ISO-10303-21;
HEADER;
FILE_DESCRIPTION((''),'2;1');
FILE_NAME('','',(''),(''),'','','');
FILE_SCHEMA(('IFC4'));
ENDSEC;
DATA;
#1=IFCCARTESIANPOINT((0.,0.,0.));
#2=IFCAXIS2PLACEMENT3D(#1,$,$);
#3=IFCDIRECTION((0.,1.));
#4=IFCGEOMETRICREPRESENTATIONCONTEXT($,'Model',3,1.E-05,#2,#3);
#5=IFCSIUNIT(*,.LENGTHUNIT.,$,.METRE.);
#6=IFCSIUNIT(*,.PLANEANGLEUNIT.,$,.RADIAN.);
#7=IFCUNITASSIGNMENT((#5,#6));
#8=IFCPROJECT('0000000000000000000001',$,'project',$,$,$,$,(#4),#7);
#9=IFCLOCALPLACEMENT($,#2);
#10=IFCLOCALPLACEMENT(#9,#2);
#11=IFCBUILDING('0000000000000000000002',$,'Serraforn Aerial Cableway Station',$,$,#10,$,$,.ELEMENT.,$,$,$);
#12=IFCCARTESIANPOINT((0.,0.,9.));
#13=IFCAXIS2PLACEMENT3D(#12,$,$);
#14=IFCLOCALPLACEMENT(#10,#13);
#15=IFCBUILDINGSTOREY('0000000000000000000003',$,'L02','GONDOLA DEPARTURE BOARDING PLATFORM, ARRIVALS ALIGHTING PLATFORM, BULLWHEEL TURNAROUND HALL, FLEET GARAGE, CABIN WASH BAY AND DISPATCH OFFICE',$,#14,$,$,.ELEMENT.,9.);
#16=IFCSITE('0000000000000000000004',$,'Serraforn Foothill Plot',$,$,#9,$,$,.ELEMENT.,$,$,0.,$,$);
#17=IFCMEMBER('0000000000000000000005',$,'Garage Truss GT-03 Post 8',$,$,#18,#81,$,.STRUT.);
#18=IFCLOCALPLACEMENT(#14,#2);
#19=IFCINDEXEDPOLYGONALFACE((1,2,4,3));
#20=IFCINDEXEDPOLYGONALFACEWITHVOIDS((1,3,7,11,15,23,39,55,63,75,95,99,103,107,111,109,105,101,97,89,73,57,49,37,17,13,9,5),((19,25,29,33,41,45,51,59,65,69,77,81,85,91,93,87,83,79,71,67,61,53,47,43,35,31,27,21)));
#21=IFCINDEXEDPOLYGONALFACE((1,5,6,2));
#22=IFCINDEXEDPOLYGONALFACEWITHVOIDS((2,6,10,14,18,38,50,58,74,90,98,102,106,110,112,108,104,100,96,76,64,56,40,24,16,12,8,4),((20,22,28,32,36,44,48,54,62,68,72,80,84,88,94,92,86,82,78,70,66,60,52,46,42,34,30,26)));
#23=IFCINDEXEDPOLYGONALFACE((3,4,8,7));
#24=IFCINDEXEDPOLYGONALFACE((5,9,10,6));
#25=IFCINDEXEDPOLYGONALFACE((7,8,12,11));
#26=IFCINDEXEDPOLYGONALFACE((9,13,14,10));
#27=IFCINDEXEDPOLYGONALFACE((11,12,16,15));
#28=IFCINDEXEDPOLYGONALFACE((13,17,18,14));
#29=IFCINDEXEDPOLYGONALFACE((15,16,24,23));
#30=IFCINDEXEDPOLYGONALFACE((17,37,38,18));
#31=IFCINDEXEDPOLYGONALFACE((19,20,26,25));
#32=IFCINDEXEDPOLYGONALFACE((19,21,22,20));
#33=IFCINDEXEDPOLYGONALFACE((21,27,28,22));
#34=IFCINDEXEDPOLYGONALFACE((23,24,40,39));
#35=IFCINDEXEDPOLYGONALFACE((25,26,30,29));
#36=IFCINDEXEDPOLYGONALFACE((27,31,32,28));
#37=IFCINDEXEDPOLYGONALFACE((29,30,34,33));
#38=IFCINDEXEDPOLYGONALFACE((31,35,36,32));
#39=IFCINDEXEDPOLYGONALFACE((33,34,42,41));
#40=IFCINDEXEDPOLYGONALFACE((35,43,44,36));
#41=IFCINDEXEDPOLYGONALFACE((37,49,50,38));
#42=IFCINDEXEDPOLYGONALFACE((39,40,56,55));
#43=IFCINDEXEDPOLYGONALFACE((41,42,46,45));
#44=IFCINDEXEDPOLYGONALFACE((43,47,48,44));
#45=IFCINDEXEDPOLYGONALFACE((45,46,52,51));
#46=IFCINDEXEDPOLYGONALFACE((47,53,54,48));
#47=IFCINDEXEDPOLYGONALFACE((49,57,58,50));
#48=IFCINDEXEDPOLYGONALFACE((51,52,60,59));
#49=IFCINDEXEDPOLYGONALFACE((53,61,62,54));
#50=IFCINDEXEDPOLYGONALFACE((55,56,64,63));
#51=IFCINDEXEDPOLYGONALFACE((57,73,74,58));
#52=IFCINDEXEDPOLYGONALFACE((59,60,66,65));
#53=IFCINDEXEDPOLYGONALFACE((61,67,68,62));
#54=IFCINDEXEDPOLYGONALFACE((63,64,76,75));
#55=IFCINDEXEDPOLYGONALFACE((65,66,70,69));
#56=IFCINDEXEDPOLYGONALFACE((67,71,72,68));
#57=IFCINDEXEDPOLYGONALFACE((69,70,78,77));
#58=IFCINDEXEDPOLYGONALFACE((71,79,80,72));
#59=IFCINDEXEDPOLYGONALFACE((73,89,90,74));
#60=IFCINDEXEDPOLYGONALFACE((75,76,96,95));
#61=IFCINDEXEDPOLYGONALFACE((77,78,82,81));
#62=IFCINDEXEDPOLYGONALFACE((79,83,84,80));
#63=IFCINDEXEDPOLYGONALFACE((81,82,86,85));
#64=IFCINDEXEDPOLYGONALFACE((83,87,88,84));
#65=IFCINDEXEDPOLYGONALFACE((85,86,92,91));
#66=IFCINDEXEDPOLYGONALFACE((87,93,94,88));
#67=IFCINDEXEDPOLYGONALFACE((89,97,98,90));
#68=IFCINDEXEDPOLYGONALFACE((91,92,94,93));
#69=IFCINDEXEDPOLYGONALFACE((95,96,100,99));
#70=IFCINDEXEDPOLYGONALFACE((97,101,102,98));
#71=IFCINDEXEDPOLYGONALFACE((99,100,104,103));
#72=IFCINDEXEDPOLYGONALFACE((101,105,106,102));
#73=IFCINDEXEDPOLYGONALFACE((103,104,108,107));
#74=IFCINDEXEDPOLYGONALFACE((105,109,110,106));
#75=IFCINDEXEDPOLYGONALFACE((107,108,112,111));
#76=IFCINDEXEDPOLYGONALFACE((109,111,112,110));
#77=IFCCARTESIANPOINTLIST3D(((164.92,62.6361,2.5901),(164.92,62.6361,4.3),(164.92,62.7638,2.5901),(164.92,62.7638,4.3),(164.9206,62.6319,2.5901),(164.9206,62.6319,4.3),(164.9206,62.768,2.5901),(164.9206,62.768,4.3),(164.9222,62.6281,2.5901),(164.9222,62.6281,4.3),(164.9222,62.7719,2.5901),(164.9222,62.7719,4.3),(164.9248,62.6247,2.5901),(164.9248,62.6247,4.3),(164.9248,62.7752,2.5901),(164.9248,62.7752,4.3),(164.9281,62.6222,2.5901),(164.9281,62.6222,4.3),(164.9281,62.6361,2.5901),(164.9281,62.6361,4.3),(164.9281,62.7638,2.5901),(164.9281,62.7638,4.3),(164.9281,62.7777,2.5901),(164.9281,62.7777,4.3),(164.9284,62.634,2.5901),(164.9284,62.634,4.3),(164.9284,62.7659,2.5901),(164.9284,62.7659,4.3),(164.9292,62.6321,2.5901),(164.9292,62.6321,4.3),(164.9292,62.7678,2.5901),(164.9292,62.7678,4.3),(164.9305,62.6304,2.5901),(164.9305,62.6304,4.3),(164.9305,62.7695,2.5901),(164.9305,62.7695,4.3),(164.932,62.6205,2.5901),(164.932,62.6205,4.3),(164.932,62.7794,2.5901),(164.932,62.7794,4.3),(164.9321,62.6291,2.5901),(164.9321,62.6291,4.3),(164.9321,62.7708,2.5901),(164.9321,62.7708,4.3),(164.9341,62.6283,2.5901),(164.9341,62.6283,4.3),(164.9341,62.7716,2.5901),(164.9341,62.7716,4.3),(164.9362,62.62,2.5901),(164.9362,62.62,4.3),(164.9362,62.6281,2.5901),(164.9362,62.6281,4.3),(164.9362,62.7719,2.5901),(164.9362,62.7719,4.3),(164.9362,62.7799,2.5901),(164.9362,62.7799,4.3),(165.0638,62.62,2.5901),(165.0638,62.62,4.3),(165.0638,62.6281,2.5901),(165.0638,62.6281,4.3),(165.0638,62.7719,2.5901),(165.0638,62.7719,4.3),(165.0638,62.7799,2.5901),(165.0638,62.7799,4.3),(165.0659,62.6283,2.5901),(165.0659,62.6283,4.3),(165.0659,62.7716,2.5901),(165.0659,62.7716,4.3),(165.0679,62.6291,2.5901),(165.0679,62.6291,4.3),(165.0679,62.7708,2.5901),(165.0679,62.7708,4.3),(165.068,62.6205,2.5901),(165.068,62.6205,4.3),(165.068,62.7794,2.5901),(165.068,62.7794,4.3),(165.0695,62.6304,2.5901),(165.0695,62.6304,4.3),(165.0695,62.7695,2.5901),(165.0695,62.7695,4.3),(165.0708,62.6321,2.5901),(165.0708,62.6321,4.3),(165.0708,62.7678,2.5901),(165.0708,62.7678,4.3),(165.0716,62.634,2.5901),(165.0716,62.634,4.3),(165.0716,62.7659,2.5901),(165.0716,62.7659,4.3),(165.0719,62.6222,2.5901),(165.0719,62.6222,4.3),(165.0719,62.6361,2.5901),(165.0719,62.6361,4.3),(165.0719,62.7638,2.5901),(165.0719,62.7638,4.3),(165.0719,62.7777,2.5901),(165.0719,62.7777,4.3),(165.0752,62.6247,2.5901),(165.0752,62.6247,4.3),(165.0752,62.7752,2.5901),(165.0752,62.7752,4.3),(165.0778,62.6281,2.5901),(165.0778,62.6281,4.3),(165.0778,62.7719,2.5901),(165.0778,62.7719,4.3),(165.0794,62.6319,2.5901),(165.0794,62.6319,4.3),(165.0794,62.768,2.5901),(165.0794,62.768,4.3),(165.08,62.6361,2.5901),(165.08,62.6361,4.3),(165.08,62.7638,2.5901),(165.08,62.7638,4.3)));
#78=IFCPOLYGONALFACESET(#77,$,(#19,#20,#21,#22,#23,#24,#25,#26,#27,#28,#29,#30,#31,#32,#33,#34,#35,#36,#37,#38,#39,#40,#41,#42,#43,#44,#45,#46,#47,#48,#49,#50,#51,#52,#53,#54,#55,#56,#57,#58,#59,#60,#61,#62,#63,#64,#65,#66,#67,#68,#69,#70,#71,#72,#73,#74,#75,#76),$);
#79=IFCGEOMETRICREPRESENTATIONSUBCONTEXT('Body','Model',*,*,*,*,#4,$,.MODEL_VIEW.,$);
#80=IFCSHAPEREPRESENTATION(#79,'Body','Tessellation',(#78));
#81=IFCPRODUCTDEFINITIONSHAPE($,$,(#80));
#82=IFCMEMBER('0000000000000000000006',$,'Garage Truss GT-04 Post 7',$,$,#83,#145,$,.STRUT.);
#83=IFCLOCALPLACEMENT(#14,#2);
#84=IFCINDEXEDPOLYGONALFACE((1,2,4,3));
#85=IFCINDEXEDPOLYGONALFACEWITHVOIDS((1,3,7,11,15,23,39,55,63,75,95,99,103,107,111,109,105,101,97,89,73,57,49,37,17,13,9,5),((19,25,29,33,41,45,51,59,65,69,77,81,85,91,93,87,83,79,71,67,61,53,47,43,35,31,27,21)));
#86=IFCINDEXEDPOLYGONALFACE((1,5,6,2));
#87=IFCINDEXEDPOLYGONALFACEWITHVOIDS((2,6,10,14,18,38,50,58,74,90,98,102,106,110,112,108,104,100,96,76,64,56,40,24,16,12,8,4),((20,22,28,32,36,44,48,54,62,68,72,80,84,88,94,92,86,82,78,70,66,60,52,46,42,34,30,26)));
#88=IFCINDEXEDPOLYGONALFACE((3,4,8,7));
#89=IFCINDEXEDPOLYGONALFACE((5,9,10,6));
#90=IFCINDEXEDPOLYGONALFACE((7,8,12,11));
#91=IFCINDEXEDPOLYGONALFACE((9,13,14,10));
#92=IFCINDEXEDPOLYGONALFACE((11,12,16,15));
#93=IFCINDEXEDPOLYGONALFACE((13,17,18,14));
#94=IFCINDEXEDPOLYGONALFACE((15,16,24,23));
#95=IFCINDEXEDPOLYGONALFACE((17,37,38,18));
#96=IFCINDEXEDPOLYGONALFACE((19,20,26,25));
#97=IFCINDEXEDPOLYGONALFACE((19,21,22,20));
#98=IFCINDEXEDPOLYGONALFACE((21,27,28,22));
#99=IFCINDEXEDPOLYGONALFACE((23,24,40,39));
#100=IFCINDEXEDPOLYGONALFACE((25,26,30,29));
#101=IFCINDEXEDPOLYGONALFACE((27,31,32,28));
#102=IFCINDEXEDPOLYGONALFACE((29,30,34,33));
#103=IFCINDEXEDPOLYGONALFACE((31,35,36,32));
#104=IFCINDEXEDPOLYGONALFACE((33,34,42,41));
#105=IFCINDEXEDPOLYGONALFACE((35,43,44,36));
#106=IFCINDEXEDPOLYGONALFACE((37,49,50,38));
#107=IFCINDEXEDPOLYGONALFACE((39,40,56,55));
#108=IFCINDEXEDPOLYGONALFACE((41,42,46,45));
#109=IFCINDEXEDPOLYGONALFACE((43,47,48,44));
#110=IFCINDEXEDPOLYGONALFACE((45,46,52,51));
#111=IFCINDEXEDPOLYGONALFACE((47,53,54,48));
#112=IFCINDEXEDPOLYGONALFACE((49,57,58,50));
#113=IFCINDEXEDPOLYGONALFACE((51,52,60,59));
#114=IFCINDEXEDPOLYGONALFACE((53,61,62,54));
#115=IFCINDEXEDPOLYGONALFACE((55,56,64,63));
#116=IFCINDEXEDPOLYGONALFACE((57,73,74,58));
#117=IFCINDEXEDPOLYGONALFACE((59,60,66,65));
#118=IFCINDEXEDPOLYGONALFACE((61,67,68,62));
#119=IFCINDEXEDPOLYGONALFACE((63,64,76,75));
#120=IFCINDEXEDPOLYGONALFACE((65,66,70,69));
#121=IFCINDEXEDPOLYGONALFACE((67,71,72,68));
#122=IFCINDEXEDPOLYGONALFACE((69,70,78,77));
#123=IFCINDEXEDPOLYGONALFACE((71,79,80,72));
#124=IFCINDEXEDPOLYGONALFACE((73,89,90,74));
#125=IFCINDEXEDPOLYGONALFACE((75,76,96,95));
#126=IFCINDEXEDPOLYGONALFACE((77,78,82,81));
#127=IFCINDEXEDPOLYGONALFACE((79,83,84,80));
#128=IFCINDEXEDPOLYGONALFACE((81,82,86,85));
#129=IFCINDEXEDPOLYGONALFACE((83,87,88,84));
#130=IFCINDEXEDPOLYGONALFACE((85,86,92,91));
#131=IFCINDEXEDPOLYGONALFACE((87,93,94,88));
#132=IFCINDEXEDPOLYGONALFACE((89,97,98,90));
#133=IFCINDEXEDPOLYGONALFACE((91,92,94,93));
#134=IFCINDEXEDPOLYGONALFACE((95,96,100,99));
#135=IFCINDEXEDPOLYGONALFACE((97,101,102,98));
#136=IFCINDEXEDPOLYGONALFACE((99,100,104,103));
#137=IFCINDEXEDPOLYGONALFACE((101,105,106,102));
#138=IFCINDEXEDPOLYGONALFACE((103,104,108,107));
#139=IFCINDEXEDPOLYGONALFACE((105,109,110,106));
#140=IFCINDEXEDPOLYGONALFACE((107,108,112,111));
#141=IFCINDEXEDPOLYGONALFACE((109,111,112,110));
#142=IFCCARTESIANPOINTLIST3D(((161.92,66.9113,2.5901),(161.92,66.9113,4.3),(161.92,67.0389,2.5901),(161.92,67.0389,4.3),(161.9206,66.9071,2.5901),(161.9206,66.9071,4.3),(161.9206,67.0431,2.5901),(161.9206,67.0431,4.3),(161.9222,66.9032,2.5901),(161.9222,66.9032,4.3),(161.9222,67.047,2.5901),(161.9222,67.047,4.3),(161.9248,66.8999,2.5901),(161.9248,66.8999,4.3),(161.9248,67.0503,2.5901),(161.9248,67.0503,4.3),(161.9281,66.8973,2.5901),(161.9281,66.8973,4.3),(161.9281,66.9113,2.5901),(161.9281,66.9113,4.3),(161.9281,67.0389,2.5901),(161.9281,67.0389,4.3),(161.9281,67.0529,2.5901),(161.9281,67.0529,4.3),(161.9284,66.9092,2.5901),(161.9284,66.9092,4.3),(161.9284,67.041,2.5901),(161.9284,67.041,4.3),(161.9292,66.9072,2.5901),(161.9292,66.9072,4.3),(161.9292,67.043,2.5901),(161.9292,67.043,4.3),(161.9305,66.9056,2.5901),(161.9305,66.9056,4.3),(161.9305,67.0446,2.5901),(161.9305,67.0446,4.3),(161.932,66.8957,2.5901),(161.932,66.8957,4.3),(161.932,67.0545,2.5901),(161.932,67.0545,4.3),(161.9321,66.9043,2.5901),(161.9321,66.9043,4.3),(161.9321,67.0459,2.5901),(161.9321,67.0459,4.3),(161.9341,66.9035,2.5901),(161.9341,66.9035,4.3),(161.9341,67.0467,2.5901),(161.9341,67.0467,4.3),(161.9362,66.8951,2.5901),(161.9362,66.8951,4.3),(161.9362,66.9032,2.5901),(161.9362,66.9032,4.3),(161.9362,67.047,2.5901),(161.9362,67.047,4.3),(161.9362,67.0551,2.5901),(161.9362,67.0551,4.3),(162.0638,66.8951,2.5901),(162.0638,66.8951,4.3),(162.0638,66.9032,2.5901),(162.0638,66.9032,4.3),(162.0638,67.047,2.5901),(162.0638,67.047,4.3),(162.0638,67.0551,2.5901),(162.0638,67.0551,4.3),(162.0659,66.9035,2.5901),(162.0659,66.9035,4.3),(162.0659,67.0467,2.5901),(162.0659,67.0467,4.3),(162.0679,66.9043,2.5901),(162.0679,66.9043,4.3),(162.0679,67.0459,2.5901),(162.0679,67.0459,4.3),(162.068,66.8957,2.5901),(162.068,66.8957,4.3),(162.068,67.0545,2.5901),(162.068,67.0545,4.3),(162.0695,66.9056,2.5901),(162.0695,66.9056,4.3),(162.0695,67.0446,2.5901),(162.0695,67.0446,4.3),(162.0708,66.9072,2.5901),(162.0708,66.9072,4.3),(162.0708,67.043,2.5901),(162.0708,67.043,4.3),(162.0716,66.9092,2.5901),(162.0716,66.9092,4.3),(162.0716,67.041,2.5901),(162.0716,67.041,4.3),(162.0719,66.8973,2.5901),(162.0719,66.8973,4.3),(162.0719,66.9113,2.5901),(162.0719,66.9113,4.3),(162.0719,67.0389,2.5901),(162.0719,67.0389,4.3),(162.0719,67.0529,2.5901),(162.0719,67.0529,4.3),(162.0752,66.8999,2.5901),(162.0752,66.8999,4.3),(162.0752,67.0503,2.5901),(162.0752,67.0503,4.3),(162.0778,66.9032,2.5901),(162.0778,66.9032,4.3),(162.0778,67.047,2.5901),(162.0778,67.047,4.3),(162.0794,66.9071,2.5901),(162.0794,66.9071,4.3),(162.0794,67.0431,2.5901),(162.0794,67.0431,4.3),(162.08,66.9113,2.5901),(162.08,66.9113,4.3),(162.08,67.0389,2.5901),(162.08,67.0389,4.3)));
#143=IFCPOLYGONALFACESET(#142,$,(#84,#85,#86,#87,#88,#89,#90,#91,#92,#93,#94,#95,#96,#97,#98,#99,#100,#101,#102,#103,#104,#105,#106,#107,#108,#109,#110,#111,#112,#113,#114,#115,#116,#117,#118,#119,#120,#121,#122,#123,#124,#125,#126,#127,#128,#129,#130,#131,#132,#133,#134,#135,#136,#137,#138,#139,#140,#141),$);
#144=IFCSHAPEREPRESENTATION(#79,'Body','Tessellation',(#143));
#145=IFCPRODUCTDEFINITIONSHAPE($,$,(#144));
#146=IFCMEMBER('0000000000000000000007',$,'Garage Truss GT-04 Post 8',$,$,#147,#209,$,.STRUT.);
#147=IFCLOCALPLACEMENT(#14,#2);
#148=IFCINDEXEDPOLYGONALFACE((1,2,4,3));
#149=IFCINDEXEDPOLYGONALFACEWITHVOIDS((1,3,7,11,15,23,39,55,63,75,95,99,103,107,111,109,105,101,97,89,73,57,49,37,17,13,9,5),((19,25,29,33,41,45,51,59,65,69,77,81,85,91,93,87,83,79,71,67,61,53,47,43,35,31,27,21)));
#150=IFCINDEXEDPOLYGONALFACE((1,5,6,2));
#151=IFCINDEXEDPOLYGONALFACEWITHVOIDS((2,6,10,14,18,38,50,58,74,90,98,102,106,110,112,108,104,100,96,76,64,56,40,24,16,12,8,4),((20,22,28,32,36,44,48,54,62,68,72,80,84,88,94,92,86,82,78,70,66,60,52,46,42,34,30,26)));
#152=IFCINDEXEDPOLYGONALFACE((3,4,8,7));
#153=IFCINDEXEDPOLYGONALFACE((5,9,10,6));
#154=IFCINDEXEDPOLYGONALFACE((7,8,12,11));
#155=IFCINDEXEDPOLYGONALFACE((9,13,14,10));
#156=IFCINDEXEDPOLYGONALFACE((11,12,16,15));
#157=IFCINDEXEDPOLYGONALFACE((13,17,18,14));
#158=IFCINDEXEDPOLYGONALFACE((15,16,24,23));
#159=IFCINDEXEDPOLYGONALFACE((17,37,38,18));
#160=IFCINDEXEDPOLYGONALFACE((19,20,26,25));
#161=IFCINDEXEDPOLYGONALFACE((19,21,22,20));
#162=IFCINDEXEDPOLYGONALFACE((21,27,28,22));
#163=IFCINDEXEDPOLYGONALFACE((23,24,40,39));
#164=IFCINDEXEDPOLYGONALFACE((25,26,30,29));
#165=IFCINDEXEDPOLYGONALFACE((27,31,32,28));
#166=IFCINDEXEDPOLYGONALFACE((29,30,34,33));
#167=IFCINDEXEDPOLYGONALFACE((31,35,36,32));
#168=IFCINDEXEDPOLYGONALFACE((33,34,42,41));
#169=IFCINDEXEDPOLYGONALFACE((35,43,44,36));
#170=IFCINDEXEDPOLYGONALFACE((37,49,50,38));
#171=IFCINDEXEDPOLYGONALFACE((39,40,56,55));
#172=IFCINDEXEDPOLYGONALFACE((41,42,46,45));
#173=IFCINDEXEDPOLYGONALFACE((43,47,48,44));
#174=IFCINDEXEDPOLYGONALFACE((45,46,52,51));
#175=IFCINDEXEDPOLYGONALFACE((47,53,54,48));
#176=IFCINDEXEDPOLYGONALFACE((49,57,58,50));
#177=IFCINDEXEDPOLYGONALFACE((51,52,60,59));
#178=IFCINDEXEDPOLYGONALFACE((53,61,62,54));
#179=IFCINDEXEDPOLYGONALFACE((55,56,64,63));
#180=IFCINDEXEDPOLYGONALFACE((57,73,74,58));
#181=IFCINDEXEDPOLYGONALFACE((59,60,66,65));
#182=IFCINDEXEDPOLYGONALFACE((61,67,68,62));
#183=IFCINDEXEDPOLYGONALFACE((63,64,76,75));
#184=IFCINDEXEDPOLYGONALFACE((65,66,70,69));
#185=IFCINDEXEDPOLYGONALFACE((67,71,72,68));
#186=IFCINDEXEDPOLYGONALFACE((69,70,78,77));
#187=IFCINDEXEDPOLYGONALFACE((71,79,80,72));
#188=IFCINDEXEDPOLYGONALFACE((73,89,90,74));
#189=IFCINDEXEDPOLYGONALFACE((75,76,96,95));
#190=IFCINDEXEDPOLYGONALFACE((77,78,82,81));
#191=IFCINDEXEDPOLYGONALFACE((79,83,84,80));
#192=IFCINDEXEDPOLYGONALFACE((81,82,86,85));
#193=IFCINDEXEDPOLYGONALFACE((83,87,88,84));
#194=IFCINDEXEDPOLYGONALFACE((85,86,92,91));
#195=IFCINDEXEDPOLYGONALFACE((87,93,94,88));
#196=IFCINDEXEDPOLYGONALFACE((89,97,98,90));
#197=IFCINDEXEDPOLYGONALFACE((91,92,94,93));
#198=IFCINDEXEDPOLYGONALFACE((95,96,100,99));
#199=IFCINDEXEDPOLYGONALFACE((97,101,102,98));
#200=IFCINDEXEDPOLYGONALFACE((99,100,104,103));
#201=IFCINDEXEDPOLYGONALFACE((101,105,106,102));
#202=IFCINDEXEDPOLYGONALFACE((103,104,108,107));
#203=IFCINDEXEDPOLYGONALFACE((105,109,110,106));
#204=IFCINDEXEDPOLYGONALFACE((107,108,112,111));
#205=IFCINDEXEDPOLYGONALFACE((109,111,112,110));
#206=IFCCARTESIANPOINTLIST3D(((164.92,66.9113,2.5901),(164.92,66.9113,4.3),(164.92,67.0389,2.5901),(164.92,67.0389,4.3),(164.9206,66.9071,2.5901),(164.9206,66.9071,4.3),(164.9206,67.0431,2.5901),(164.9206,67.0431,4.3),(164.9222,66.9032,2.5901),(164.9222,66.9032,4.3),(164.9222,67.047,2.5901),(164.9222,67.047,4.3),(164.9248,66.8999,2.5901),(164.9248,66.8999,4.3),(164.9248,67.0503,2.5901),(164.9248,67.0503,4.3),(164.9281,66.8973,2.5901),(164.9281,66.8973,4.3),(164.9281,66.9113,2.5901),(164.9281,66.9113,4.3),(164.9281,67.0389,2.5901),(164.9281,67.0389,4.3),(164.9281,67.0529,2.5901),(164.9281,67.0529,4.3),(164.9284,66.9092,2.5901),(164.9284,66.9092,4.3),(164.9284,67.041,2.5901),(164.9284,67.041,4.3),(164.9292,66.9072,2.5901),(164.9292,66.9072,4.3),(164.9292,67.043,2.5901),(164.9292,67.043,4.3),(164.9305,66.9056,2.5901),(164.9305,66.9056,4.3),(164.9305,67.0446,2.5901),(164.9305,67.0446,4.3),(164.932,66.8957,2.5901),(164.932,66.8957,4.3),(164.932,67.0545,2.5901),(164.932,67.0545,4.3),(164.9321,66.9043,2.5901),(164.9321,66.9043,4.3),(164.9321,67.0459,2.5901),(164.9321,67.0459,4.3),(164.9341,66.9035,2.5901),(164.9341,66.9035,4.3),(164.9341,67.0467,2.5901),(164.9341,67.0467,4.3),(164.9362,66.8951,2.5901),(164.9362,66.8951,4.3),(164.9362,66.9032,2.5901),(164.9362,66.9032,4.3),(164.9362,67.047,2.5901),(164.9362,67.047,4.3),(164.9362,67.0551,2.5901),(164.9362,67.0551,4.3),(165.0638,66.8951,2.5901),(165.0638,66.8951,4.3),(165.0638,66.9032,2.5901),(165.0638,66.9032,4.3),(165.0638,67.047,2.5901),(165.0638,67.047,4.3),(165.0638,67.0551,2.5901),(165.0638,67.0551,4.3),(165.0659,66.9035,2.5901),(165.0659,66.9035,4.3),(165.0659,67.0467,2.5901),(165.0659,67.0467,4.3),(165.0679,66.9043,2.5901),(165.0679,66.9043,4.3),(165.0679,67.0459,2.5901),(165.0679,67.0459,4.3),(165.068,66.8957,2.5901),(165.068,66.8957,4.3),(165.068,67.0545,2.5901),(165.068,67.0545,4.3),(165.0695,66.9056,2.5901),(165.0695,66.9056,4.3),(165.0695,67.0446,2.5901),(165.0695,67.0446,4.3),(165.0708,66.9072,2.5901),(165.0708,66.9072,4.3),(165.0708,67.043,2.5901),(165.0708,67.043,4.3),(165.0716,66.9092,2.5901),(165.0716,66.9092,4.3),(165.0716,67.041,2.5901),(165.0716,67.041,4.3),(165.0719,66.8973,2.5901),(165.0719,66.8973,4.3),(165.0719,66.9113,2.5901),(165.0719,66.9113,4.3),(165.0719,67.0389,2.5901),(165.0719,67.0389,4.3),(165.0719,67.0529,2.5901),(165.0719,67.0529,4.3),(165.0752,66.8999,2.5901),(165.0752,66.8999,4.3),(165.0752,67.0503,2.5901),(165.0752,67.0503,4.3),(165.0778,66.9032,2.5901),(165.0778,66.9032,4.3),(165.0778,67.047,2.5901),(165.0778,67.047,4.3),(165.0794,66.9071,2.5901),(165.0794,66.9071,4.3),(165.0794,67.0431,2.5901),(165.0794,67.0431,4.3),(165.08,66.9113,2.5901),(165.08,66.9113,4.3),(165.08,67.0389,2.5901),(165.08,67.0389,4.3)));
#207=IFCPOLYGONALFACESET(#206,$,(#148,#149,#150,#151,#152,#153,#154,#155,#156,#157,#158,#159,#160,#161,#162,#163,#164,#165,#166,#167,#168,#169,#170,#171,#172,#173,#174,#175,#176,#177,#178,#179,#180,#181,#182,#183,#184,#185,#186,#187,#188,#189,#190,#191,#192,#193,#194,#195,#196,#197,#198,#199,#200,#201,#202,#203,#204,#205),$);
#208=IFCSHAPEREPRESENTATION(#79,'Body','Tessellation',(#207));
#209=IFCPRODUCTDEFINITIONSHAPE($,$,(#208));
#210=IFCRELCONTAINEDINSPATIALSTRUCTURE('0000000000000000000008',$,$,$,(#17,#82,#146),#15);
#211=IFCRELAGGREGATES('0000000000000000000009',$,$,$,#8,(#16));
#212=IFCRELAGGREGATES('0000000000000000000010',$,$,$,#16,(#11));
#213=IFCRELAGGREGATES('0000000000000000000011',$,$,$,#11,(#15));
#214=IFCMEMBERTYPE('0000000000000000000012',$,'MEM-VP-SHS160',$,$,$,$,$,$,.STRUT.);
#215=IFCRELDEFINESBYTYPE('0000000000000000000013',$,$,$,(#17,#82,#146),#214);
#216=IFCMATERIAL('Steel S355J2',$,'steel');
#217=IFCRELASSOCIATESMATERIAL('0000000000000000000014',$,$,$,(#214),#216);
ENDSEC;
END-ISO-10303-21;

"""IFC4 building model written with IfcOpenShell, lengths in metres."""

from ifc_helpers import new_model, si_unit, direction, frame, origin, origin_2d, place, context, subcontext, project, spatial, hollow_rectangle, extrude, material, material_profile, profile_set, type_object, element, save


model = new_model("IFC4")

# Units and contexts
model_context = context("Model", 3, precision=1e-05, world=origin(), true_north=direction((0.0, 1.0)))
body_context = subcontext(model_context, "Body", "Model", "MODEL_VIEW")
ifc_project = project(units=[si_unit("LENGTHUNIT", "METRE"), si_unit("PLANEANGLEUNIT", "RADIAN")], contexts=[model_context])

# Site, building, storey
site_placement = place(None, origin())
site = spatial("IfcSite", under=ifc_project, at=site_placement, Name="Serraforn Foothill Plot", CompositionType="ELEMENT", RefElevation=0.0)
building_placement = place(site_placement, origin())
building = spatial("IfcBuilding", under=site, at=building_placement, Name="Serraforn Aerial Cableway Station", CompositionType="ELEMENT")
storey_placement = place(building_placement, frame((0.0, 0.0, 9.0)))
storey = spatial("IfcBuildingStorey", under=building, at=storey_placement, Name="L02", Description="GONDOLA DEPARTURE BOARDING PLATFORM, ARRIVALS ALIGHTING PLATFORM, BULLWHEEL TURNAROUND HALL, FLEET GARAGE, CABIN WASH BAY AND DISPATCH OFFICE", CompositionType="ELEMENT", Elevation=9.0)

# Members
ifc_material = material(Name="Steel S355J2", Category="steel")
ifc_material_profile_1 = material_profile(ifc_material, hollow_rectangle(XDim=0.1599, YDim=0.1599, WallThickness=0.0081, InnerFilletRadius=0.0081, OuterFilletRadius=0.0161, at=origin_2d()), Name="SHS 160x160x8.0")
ifc_profile_set_1 = profile_set([ifc_material_profile_1], Name="Steel S355J2")
member_type_1 = type_object("IfcMemberType", Name="MEM-VP-SHS160", PredefinedType="STRUT", material=ifc_profile_set_1)
for number, where, z_axis, x_axis, name in (
    (1, (165.0, 62.7, 2.5901), (0.0, 0.0, 1.0), (1.0, 0.0, 0.0), "Garage Truss GT-03 Post 8"),
    (2, (162.0, 66.9751, 2.5901), (0.0, 0.0, 1.0), (1.0, 0.0, 0.0), "Garage Truss GT-04 Post 7"),
    (3, (165.0, 66.9751, 2.5901), (0.0, 0.0, 1.0), (1.0, 0.0, 0.0), "Garage Truss GT-04 Post 8"),
):
    element("IfcMember", number, at=place(storey_placement, frame(where, z_axis=z_axis, x_axis=x_axis)), inside=storey, type_object=member_type_1, Name=name, PredefinedType="STRUT", context=body_context, shape_type="SweptSolid", body=[
        extrude(hollow_rectangle(XDim=0.1599, YDim=0.1599, WallThickness=0.0081, InnerFilletRadius=0.0081, OuterFilletRadius=0.0161, at=origin_2d()), origin(), (0.0, 0.0, 1.0), 1.71),
    ])

save(model, "model.ifc")
